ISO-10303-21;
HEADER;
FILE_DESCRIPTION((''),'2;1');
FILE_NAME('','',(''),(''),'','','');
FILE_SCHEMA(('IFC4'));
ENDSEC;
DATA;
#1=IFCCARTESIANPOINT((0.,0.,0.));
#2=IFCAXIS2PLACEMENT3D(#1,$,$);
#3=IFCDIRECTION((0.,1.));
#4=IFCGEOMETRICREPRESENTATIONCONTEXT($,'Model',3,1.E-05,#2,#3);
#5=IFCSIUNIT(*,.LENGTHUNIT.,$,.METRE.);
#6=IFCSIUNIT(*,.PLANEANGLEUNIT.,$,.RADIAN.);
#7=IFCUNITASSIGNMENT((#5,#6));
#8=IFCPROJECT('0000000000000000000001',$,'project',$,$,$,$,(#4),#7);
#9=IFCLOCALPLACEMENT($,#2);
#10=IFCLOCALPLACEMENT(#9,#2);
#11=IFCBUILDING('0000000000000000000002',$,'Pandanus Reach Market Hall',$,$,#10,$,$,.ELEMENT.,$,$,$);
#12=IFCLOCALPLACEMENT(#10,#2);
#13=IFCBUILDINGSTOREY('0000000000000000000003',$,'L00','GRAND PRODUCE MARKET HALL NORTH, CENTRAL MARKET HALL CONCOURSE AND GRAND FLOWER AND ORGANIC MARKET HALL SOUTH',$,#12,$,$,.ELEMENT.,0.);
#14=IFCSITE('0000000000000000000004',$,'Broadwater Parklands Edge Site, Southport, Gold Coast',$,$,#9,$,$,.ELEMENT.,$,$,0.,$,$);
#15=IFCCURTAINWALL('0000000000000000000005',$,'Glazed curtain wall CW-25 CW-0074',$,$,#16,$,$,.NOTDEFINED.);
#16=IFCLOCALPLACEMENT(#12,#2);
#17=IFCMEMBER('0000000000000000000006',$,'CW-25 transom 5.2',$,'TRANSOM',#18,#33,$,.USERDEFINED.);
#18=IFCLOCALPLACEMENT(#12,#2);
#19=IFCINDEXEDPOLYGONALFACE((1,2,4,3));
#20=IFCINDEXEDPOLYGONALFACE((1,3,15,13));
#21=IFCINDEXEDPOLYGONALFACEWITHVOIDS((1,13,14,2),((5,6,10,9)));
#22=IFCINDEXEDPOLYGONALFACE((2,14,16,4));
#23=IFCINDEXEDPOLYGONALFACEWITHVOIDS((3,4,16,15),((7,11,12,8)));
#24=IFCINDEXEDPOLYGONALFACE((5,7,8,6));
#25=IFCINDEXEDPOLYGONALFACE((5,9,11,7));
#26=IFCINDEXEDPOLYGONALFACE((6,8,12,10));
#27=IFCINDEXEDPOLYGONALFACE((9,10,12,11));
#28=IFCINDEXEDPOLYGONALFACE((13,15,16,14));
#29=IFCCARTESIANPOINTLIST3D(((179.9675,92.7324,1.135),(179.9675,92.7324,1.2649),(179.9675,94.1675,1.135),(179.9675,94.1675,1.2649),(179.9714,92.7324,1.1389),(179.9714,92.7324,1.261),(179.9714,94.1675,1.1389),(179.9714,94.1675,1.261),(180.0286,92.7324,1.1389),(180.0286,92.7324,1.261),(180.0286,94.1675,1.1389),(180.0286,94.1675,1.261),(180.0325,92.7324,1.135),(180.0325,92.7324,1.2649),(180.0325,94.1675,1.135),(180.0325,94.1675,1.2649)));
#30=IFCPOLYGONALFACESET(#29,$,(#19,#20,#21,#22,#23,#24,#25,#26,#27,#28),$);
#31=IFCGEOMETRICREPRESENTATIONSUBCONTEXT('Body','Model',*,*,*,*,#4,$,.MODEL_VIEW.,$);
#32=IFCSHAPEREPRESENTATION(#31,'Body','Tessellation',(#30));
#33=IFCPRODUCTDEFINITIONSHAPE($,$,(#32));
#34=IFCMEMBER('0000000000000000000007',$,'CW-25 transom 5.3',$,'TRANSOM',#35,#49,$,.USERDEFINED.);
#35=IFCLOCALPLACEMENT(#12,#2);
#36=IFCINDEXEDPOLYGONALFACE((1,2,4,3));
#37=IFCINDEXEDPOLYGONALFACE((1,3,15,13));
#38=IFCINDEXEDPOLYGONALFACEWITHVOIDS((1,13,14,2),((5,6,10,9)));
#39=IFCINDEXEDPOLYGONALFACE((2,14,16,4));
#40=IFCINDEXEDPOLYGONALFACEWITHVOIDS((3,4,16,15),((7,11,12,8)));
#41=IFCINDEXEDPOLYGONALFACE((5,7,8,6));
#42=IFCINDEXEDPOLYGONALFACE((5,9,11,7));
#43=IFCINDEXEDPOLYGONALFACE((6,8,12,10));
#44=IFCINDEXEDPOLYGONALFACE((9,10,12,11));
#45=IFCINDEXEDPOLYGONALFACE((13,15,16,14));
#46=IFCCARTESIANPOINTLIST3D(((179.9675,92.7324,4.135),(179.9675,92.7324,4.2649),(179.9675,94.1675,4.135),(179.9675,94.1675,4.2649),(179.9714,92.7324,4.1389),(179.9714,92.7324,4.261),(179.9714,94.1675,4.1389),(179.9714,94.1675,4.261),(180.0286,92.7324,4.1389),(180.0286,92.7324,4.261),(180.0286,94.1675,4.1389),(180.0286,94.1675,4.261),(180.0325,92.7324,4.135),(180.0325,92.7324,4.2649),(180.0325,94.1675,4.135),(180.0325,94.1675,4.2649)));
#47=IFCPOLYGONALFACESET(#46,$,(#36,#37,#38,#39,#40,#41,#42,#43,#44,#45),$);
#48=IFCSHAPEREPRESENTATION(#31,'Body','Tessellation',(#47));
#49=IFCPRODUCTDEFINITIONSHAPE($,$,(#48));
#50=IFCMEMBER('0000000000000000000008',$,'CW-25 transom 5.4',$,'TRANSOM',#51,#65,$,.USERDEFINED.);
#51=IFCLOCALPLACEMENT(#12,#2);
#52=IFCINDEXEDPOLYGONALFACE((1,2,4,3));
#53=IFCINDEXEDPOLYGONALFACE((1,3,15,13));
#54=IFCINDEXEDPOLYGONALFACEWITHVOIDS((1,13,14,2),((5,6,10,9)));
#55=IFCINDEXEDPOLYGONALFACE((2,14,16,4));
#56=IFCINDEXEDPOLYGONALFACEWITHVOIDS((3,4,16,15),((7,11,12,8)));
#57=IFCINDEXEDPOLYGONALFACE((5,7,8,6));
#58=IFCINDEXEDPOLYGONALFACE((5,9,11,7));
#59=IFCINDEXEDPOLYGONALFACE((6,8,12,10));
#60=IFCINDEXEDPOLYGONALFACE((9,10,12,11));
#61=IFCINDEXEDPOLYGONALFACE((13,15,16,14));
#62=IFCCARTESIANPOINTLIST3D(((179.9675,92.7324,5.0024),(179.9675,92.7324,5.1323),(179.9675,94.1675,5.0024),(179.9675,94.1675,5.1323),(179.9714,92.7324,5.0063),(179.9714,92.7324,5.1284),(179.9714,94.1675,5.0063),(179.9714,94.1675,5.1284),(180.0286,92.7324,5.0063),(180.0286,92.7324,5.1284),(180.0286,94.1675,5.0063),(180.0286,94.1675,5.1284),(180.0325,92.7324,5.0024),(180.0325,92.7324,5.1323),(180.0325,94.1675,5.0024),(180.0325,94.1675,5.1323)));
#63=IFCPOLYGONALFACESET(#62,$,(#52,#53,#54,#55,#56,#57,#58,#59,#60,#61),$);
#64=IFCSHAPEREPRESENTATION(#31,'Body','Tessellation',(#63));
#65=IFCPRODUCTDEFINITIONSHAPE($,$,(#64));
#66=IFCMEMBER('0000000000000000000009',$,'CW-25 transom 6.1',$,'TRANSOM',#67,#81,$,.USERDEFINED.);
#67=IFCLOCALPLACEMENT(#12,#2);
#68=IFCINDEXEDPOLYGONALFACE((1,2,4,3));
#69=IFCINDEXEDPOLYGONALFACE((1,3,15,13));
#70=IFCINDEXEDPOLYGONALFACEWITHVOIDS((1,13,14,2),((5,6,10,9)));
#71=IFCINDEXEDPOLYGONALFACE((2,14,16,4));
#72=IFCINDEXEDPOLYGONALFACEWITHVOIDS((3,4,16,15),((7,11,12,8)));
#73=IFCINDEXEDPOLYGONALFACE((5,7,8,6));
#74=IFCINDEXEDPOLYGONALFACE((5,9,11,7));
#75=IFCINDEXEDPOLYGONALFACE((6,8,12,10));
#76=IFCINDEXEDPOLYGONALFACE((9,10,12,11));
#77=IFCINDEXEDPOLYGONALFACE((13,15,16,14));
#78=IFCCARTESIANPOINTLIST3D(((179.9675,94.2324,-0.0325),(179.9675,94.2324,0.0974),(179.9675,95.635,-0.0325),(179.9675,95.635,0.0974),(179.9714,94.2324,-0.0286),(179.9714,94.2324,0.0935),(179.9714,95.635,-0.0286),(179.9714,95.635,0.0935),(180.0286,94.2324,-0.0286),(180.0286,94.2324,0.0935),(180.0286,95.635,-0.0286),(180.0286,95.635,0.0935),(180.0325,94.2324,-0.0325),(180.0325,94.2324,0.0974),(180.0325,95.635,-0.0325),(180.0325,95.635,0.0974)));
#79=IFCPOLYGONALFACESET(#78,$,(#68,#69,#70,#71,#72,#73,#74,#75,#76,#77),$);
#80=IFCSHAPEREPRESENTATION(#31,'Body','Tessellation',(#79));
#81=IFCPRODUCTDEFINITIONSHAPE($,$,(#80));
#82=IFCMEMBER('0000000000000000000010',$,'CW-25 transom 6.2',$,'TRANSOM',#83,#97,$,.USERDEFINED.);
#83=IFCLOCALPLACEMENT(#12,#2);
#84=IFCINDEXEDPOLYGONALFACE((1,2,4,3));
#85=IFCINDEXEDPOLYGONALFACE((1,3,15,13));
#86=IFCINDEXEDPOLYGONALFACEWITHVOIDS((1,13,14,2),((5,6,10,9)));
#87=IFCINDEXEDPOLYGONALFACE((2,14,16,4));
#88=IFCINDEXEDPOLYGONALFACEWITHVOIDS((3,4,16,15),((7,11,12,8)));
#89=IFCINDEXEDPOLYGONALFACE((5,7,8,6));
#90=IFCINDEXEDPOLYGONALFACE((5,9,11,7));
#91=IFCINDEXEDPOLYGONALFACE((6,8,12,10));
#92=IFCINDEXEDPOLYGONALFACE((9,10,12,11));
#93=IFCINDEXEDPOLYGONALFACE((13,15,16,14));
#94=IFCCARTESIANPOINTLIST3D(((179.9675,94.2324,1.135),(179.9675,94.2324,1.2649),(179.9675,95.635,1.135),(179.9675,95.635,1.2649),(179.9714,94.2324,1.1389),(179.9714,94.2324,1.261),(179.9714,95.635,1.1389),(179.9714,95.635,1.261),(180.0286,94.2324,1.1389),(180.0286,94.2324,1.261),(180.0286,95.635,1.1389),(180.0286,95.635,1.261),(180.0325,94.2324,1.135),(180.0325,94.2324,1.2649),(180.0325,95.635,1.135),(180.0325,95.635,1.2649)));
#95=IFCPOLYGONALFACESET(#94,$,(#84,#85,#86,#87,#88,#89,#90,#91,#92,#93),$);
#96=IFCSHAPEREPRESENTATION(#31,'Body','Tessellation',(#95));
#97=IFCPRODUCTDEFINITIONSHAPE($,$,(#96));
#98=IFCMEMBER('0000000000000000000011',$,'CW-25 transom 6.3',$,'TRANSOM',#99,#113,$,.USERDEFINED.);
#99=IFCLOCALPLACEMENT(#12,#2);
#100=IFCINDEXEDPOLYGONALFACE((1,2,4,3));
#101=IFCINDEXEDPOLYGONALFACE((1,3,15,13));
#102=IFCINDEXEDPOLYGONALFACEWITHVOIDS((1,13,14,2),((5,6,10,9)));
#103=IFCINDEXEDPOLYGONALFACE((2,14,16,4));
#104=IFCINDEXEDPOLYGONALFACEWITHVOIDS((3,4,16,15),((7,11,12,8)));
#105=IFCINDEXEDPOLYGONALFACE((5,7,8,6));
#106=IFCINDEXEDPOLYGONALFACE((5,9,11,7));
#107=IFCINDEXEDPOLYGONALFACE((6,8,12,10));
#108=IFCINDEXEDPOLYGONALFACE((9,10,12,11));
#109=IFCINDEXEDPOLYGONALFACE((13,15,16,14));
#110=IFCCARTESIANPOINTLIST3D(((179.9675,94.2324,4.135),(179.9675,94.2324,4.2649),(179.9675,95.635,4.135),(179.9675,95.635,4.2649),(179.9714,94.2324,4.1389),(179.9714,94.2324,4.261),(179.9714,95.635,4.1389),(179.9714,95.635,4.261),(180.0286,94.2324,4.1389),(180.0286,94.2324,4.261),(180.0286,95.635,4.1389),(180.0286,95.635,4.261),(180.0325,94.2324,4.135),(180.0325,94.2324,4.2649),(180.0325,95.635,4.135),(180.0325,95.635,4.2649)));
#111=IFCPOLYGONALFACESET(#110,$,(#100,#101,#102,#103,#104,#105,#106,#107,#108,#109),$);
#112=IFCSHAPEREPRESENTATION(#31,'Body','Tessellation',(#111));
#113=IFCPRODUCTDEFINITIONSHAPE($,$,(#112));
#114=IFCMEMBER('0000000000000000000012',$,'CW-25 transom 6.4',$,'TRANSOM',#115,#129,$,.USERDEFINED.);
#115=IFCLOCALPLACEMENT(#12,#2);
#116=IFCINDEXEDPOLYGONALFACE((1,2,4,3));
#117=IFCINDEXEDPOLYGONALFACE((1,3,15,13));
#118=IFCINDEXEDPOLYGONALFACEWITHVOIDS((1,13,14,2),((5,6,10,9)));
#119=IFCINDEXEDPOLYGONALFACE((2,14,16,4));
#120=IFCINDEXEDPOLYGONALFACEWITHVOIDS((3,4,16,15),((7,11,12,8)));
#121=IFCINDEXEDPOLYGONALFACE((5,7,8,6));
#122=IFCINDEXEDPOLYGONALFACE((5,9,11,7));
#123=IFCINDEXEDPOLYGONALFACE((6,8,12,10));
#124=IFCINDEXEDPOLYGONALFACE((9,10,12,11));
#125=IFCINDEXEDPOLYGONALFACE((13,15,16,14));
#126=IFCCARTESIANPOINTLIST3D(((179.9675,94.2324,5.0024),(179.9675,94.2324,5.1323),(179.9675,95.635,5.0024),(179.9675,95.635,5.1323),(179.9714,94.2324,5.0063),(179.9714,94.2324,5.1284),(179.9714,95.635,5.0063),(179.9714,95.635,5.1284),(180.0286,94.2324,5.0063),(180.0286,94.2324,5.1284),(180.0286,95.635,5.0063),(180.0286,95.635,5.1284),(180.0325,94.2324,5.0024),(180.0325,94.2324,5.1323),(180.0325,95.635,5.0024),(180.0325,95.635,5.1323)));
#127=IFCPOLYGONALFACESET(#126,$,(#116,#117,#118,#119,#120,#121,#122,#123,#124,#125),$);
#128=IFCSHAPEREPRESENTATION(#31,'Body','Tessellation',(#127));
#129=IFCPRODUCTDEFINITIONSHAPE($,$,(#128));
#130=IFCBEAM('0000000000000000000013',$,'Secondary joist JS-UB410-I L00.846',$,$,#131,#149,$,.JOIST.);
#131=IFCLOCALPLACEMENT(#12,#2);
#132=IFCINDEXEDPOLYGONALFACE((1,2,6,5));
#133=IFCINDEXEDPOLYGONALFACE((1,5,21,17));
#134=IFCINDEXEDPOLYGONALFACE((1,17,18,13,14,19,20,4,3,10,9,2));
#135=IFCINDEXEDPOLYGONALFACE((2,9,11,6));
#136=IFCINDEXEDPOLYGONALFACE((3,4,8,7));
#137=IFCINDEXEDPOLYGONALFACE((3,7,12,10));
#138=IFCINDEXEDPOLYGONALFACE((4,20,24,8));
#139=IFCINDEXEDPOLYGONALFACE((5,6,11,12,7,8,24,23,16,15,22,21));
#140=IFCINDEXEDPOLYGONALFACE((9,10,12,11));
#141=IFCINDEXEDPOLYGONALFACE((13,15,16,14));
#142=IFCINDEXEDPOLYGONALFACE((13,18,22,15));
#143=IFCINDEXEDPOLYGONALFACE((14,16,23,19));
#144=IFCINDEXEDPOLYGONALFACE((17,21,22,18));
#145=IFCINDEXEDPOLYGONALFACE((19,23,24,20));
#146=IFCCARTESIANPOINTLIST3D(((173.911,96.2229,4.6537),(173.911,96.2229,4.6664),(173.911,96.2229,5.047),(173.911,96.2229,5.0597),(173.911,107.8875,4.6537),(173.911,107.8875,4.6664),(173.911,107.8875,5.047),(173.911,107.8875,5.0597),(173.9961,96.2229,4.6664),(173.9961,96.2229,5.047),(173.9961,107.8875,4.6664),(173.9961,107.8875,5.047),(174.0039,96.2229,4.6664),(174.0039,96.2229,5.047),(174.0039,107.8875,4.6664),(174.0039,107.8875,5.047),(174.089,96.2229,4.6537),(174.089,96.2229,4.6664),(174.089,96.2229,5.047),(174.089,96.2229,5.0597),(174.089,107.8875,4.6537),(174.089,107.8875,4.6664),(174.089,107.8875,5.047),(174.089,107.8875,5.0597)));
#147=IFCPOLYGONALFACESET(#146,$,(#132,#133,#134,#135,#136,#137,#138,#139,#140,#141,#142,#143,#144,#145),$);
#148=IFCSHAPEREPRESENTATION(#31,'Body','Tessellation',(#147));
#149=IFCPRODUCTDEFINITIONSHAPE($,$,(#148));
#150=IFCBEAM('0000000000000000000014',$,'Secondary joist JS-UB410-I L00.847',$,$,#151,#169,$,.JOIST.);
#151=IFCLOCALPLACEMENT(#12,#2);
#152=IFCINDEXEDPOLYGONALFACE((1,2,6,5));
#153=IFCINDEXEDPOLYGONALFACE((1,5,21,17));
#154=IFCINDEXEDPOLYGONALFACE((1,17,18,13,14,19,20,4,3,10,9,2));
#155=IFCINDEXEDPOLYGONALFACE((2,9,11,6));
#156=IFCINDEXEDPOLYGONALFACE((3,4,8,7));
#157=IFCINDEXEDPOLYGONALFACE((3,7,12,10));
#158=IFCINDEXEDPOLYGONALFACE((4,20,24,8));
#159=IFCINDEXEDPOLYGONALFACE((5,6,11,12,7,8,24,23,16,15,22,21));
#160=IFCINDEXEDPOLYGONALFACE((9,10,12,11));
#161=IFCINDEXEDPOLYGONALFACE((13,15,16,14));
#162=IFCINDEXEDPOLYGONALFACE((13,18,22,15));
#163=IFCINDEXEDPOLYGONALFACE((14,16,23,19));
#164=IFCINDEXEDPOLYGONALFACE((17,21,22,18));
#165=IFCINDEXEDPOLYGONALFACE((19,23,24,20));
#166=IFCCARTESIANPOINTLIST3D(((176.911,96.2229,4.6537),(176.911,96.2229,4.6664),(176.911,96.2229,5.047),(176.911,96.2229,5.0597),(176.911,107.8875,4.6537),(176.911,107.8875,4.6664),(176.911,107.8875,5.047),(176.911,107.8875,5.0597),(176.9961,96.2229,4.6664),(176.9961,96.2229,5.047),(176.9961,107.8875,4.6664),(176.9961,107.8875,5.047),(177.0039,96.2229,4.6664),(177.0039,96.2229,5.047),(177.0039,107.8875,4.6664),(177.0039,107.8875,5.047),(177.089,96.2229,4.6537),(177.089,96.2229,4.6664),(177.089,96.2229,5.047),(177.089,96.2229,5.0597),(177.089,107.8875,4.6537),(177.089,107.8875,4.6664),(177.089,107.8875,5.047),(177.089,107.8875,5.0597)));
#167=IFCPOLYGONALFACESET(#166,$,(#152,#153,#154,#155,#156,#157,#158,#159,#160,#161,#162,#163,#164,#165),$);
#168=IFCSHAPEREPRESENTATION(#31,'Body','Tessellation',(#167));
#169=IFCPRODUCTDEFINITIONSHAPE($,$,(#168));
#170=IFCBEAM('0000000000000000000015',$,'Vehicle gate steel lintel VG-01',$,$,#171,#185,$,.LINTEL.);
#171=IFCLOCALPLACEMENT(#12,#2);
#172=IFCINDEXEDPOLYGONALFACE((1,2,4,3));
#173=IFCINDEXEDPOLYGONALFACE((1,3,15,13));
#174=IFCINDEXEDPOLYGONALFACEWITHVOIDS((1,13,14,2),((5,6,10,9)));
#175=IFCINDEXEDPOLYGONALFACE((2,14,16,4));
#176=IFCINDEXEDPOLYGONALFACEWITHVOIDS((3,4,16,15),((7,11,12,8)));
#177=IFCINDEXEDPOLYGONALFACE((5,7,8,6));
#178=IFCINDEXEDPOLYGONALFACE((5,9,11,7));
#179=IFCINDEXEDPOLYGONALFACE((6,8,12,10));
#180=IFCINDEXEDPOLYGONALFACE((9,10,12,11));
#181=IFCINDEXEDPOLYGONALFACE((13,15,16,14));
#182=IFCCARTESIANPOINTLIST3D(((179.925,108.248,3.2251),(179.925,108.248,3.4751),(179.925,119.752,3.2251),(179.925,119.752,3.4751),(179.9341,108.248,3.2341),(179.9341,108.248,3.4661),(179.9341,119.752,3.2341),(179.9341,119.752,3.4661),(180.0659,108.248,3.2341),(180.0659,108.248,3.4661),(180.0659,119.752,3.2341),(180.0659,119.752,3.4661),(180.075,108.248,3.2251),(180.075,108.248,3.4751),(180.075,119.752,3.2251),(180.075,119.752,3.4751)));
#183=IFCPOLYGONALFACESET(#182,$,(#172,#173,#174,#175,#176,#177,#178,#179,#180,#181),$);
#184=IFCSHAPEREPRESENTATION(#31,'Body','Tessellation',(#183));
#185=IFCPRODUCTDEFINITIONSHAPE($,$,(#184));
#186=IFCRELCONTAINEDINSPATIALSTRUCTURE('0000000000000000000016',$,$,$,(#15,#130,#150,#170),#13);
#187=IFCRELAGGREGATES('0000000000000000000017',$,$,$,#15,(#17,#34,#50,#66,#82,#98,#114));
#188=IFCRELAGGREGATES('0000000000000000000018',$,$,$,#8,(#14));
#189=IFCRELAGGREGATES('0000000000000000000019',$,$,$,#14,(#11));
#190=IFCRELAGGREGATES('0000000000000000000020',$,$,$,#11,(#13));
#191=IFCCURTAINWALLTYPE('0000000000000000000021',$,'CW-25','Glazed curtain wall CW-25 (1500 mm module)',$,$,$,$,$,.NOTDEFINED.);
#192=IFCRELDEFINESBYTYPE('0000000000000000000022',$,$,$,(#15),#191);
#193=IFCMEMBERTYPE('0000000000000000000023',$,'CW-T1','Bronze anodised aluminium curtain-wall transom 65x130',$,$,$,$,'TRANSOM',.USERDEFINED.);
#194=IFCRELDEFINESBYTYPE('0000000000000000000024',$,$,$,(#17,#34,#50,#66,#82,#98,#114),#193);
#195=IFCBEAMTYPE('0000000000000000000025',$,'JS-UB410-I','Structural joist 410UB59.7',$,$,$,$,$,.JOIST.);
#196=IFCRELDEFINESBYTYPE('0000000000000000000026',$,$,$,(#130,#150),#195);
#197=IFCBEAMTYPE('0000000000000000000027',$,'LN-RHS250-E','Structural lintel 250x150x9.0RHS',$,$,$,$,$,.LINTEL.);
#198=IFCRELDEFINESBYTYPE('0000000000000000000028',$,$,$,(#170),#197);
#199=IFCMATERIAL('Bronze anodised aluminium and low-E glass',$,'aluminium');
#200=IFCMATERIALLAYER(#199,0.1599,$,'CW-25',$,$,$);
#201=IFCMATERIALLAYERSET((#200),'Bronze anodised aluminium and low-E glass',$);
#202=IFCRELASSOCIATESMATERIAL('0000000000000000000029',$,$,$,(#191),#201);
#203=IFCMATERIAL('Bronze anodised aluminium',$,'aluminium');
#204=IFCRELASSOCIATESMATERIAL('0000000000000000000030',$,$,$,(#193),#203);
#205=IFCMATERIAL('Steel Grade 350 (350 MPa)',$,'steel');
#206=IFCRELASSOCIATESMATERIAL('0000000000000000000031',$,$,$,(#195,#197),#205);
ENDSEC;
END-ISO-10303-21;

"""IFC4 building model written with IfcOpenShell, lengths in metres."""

from ifc_helpers import new_model, si_unit, direction, frame, origin, origin_2d, place, context, subcontext, project, spatial, hollow_rectangle, i_section, extrude, material, layer, layer_set, material_profile, profile_set, type_object, element, aggregate, save


model = new_model("IFC4")

# Units and contexts
model_context = context("Model", 3, precision=1e-05, world=origin(), true_north=direction((0.0, 1.0)))
body_context = subcontext(model_context, "Body", "Model", "MODEL_VIEW")
ifc_project = project(units=[si_unit("LENGTHUNIT", "METRE"), si_unit("PLANEANGLEUNIT", "RADIAN")], contexts=[model_context])

# Site, building, storey
site_placement = place(None, origin())
site = spatial("IfcSite", under=ifc_project, at=site_placement, Name="Broadwater Parklands Edge Site, Southport, Gold Coast", CompositionType="ELEMENT", RefElevation=0.0)
building_placement = place(site_placement, origin())
building = spatial("IfcBuilding", under=site, at=building_placement, Name="Pandanus Reach Market Hall", CompositionType="ELEMENT")
storey_placement = place(building_placement, origin())
storey = spatial("IfcBuildingStorey", under=building, at=storey_placement, Name="L00", Description="GRAND PRODUCE MARKET HALL NORTH, CENTRAL MARKET HALL CONCOURSE AND GRAND FLOWER AND ORGANIC MARKET HALL SOUTH", CompositionType="ELEMENT", Elevation=0.0)

# Curtain wall, members
ifc_material_1 = material(Name="Bronze anodised aluminium and low-E glass", Category="aluminium")
ifc_layer_1 = layer(ifc_material_1, 0.1599, Name="CW-25")
ifc_layer_set_1 = layer_set([ifc_layer_1], Name="Bronze anodised aluminium and low-E glass")
curtain_wall_type = type_object("IfcCurtainWallType", Name="CW-25", Description="Glazed curtain wall CW-25 (1500 mm module)", PredefinedType="NOTDEFINED", material=ifc_layer_set_1)
curtain_wall_placement = place(storey_placement, origin())
curtain_wall = element("IfcCurtainWall", 1, at=curtain_wall_placement, inside=storey, type_object=curtain_wall_type, Name="Glazed curtain wall CW-25 CW-0074", PredefinedType="NOTDEFINED")
ifc_material_2 = material(Name="Bronze anodised aluminium", Category="aluminium")
ifc_material_profile_1 = material_profile(ifc_material_2, hollow_rectangle(XDim=0.0649, YDim=0.1299, WallThickness=0.0039, at=origin_2d()), Name="ALU65x130", Category="LoadBearing")
ifc_profile_set_1 = profile_set([ifc_material_profile_1], Name="Bronze anodised aluminium")
member_type_1 = type_object("IfcMemberType", Name="CW-T1", Description="Bronze anodised aluminium curtain-wall transom 65x130", ElementType="TRANSOM", PredefinedType="USERDEFINED", material=ifc_profile_set_1)
member_1_placement = place(storey_placement, frame((180.0, 92.7324, 1.2), z_axis=(0.0, 1.0, 0.0), x_axis=(-1.0, 0.0, 0.0)))
member_1 = element("IfcMember", 2, at=member_1_placement, type_object=member_type_1, Name="CW-25 transom 5.2", ObjectType="TRANSOM", PredefinedType="USERDEFINED", context=body_context, shape_type="SweptSolid", body=[
    extrude(hollow_rectangle(XDim=0.0649, YDim=0.1299, WallThickness=0.0039, at=origin_2d()), origin(), (0.0, 0.0, 1.0), 1.4351),
])
member_2_placement = place(storey_placement, frame((180.0, 92.7324, 4.2), z_axis=(0.0, 1.0, 0.0), x_axis=(-1.0, 0.0, 0.0)))
member_2 = element("IfcMember", 3, at=member_2_placement, type_object=member_type_1, Name="CW-25 transom 5.3", ObjectType="TRANSOM", PredefinedType="USERDEFINED", context=body_context, shape_type="SweptSolid", body=[
    extrude(hollow_rectangle(XDim=0.0649, YDim=0.1299, WallThickness=0.0039, at=origin_2d()), origin(), (0.0, 0.0, 1.0), 1.4351),
])
member_3_placement = place(storey_placement, frame((180.0, 92.7324, 5.0674), z_axis=(0.0, 1.0, 0.0), x_axis=(-1.0, 0.0, 0.0)))
member_3 = element("IfcMember", 4, at=member_3_placement, type_object=member_type_1, Name="CW-25 transom 5.4", ObjectType="TRANSOM", PredefinedType="USERDEFINED", context=body_context, shape_type="SweptSolid", body=[
    extrude(hollow_rectangle(XDim=0.0649, YDim=0.1299, WallThickness=0.0039, at=origin_2d()), origin(), (0.0, 0.0, 1.0), 1.4351),
])
member_4_placement = place(storey_placement, frame((180.0, 94.2324, 0.0325), z_axis=(0.0, 1.0, 0.0), x_axis=(-1.0, 0.0, 0.0)))
member_4 = element("IfcMember", 5, at=member_4_placement, type_object=member_type_1, Name="CW-25 transom 6.1", ObjectType="TRANSOM", PredefinedType="USERDEFINED", context=body_context, shape_type="SweptSolid", body=[
    extrude(hollow_rectangle(XDim=0.0649, YDim=0.1299, WallThickness=0.0039, at=origin_2d()), origin(), (0.0, 0.0, 1.0), 1.4026),
])
member_5_placement = place(storey_placement, frame((180.0, 94.2324, 1.2), z_axis=(0.0, 1.0, 0.0), x_axis=(-1.0, 0.0, 0.0)))
member_5 = element("IfcMember", 6, at=member_5_placement, type_object=member_type_1, Name="CW-25 transom 6.2", ObjectType="TRANSOM", PredefinedType="USERDEFINED", context=body_context, shape_type="SweptSolid", body=[
    extrude(hollow_rectangle(XDim=0.0649, YDim=0.1299, WallThickness=0.0039, at=origin_2d()), origin(), (0.0, 0.0, 1.0), 1.4026),
])
member_6_placement = place(storey_placement, frame((180.0, 94.2324, 4.2), z_axis=(0.0, 1.0, 0.0), x_axis=(-1.0, 0.0, 0.0)))
member_6 = element("IfcMember", 7, at=member_6_placement, type_object=member_type_1, Name="CW-25 transom 6.3", ObjectType="TRANSOM", PredefinedType="USERDEFINED", context=body_context, shape_type="SweptSolid", body=[
    extrude(hollow_rectangle(XDim=0.0649, YDim=0.1299, WallThickness=0.0039, at=origin_2d()), origin(), (0.0, 0.0, 1.0), 1.4026),
])
member_7_placement = place(storey_placement, frame((180.0, 94.2324, 5.0674), z_axis=(0.0, 1.0, 0.0), x_axis=(-1.0, 0.0, 0.0)))
member_7 = element("IfcMember", 8, at=member_7_placement, type_object=member_type_1, Name="CW-25 transom 6.4", ObjectType="TRANSOM", PredefinedType="USERDEFINED", context=body_context, shape_type="SweptSolid", body=[
    extrude(hollow_rectangle(XDim=0.0649, YDim=0.1299, WallThickness=0.0039, at=origin_2d()), origin(), (0.0, 0.0, 1.0), 1.4026),
])

# Beams
ifc_material_3 = material(Name="Steel Grade 350 (350 MPa)", Category="steel")
ifc_material_profile_2 = material_profile(ifc_material_3, i_section(OverallWidth=0.178, OverallDepth=0.406, WebThickness=0.0078, FlangeThickness=0.0127, at=origin_2d()), Name="410UB59.7", Category="LoadBearing")
ifc_profile_set_2 = profile_set([ifc_material_profile_2], Name="Steel Grade 350 (350 MPa)")
beam_type_1 = type_object("IfcBeamType", Name="JS-UB410-I", Description="Structural joist 410UB59.7", PredefinedType="JOIST", material=ifc_profile_set_2)
for number, where, z_axis, x_axis, name in (
    (9, (174.0, 96.2229, 4.8567), (0.0, 1.0, 0.0), (-1.0, 0.0, 0.0), "Secondary joist JS-UB410-I L00.846"),
    (10, (177.0, 96.2229, 4.8567), (0.0, 1.0, 0.0), (-1.0, 0.0, 0.0), "Secondary joist JS-UB410-I L00.847"),
):
    element("IfcBeam", number, at=place(storey_placement, frame(where, z_axis=z_axis, x_axis=x_axis)), inside=storey, type_object=beam_type_1, Name=name, PredefinedType="JOIST", context=body_context, shape_type="SweptSolid", body=[
        extrude(i_section(OverallWidth=0.178, OverallDepth=0.406, WebThickness=0.0078, FlangeThickness=0.0127, at=origin_2d()), origin(), (0.0, 0.0, 1.0), 11.6646),
    ])
ifc_material_profile_3 = material_profile(ifc_material_3, hollow_rectangle(XDim=0.1499, YDim=0.25, WallThickness=0.009, at=origin_2d()), Name="250x150x9.0RHS", Category="LoadBearing")
ifc_profile_set_3 = profile_set([ifc_material_profile_3], Name="Steel Grade 350 (350 MPa)")
beam_type_2 = type_object("IfcBeamType", Name="LN-RHS250-E", Description="Structural lintel 250x150x9.0RHS", PredefinedType="LINTEL", material=ifc_profile_set_3)
beam_1_placement = place(storey_placement, frame((180.0, 108.248, 3.3501), z_axis=(0.0, 1.0, 0.0), x_axis=(-1.0, 0.0, 0.0)))
element("IfcBeam", 11, at=beam_1_placement, inside=storey, type_object=beam_type_2, Name="Vehicle gate steel lintel VG-01", PredefinedType="LINTEL", context=body_context, shape_type="SweptSolid", body=[
    extrude(hollow_rectangle(XDim=0.1499, YDim=0.25, WallThickness=0.009, at=origin_2d()), origin(), (0.0, 0.0, 1.0), 11.5039),
])

aggregate(curtain_wall, [member_1, member_2, member_3, member_4, member_5, member_6, member_7])

save(model, "model.ifc")
